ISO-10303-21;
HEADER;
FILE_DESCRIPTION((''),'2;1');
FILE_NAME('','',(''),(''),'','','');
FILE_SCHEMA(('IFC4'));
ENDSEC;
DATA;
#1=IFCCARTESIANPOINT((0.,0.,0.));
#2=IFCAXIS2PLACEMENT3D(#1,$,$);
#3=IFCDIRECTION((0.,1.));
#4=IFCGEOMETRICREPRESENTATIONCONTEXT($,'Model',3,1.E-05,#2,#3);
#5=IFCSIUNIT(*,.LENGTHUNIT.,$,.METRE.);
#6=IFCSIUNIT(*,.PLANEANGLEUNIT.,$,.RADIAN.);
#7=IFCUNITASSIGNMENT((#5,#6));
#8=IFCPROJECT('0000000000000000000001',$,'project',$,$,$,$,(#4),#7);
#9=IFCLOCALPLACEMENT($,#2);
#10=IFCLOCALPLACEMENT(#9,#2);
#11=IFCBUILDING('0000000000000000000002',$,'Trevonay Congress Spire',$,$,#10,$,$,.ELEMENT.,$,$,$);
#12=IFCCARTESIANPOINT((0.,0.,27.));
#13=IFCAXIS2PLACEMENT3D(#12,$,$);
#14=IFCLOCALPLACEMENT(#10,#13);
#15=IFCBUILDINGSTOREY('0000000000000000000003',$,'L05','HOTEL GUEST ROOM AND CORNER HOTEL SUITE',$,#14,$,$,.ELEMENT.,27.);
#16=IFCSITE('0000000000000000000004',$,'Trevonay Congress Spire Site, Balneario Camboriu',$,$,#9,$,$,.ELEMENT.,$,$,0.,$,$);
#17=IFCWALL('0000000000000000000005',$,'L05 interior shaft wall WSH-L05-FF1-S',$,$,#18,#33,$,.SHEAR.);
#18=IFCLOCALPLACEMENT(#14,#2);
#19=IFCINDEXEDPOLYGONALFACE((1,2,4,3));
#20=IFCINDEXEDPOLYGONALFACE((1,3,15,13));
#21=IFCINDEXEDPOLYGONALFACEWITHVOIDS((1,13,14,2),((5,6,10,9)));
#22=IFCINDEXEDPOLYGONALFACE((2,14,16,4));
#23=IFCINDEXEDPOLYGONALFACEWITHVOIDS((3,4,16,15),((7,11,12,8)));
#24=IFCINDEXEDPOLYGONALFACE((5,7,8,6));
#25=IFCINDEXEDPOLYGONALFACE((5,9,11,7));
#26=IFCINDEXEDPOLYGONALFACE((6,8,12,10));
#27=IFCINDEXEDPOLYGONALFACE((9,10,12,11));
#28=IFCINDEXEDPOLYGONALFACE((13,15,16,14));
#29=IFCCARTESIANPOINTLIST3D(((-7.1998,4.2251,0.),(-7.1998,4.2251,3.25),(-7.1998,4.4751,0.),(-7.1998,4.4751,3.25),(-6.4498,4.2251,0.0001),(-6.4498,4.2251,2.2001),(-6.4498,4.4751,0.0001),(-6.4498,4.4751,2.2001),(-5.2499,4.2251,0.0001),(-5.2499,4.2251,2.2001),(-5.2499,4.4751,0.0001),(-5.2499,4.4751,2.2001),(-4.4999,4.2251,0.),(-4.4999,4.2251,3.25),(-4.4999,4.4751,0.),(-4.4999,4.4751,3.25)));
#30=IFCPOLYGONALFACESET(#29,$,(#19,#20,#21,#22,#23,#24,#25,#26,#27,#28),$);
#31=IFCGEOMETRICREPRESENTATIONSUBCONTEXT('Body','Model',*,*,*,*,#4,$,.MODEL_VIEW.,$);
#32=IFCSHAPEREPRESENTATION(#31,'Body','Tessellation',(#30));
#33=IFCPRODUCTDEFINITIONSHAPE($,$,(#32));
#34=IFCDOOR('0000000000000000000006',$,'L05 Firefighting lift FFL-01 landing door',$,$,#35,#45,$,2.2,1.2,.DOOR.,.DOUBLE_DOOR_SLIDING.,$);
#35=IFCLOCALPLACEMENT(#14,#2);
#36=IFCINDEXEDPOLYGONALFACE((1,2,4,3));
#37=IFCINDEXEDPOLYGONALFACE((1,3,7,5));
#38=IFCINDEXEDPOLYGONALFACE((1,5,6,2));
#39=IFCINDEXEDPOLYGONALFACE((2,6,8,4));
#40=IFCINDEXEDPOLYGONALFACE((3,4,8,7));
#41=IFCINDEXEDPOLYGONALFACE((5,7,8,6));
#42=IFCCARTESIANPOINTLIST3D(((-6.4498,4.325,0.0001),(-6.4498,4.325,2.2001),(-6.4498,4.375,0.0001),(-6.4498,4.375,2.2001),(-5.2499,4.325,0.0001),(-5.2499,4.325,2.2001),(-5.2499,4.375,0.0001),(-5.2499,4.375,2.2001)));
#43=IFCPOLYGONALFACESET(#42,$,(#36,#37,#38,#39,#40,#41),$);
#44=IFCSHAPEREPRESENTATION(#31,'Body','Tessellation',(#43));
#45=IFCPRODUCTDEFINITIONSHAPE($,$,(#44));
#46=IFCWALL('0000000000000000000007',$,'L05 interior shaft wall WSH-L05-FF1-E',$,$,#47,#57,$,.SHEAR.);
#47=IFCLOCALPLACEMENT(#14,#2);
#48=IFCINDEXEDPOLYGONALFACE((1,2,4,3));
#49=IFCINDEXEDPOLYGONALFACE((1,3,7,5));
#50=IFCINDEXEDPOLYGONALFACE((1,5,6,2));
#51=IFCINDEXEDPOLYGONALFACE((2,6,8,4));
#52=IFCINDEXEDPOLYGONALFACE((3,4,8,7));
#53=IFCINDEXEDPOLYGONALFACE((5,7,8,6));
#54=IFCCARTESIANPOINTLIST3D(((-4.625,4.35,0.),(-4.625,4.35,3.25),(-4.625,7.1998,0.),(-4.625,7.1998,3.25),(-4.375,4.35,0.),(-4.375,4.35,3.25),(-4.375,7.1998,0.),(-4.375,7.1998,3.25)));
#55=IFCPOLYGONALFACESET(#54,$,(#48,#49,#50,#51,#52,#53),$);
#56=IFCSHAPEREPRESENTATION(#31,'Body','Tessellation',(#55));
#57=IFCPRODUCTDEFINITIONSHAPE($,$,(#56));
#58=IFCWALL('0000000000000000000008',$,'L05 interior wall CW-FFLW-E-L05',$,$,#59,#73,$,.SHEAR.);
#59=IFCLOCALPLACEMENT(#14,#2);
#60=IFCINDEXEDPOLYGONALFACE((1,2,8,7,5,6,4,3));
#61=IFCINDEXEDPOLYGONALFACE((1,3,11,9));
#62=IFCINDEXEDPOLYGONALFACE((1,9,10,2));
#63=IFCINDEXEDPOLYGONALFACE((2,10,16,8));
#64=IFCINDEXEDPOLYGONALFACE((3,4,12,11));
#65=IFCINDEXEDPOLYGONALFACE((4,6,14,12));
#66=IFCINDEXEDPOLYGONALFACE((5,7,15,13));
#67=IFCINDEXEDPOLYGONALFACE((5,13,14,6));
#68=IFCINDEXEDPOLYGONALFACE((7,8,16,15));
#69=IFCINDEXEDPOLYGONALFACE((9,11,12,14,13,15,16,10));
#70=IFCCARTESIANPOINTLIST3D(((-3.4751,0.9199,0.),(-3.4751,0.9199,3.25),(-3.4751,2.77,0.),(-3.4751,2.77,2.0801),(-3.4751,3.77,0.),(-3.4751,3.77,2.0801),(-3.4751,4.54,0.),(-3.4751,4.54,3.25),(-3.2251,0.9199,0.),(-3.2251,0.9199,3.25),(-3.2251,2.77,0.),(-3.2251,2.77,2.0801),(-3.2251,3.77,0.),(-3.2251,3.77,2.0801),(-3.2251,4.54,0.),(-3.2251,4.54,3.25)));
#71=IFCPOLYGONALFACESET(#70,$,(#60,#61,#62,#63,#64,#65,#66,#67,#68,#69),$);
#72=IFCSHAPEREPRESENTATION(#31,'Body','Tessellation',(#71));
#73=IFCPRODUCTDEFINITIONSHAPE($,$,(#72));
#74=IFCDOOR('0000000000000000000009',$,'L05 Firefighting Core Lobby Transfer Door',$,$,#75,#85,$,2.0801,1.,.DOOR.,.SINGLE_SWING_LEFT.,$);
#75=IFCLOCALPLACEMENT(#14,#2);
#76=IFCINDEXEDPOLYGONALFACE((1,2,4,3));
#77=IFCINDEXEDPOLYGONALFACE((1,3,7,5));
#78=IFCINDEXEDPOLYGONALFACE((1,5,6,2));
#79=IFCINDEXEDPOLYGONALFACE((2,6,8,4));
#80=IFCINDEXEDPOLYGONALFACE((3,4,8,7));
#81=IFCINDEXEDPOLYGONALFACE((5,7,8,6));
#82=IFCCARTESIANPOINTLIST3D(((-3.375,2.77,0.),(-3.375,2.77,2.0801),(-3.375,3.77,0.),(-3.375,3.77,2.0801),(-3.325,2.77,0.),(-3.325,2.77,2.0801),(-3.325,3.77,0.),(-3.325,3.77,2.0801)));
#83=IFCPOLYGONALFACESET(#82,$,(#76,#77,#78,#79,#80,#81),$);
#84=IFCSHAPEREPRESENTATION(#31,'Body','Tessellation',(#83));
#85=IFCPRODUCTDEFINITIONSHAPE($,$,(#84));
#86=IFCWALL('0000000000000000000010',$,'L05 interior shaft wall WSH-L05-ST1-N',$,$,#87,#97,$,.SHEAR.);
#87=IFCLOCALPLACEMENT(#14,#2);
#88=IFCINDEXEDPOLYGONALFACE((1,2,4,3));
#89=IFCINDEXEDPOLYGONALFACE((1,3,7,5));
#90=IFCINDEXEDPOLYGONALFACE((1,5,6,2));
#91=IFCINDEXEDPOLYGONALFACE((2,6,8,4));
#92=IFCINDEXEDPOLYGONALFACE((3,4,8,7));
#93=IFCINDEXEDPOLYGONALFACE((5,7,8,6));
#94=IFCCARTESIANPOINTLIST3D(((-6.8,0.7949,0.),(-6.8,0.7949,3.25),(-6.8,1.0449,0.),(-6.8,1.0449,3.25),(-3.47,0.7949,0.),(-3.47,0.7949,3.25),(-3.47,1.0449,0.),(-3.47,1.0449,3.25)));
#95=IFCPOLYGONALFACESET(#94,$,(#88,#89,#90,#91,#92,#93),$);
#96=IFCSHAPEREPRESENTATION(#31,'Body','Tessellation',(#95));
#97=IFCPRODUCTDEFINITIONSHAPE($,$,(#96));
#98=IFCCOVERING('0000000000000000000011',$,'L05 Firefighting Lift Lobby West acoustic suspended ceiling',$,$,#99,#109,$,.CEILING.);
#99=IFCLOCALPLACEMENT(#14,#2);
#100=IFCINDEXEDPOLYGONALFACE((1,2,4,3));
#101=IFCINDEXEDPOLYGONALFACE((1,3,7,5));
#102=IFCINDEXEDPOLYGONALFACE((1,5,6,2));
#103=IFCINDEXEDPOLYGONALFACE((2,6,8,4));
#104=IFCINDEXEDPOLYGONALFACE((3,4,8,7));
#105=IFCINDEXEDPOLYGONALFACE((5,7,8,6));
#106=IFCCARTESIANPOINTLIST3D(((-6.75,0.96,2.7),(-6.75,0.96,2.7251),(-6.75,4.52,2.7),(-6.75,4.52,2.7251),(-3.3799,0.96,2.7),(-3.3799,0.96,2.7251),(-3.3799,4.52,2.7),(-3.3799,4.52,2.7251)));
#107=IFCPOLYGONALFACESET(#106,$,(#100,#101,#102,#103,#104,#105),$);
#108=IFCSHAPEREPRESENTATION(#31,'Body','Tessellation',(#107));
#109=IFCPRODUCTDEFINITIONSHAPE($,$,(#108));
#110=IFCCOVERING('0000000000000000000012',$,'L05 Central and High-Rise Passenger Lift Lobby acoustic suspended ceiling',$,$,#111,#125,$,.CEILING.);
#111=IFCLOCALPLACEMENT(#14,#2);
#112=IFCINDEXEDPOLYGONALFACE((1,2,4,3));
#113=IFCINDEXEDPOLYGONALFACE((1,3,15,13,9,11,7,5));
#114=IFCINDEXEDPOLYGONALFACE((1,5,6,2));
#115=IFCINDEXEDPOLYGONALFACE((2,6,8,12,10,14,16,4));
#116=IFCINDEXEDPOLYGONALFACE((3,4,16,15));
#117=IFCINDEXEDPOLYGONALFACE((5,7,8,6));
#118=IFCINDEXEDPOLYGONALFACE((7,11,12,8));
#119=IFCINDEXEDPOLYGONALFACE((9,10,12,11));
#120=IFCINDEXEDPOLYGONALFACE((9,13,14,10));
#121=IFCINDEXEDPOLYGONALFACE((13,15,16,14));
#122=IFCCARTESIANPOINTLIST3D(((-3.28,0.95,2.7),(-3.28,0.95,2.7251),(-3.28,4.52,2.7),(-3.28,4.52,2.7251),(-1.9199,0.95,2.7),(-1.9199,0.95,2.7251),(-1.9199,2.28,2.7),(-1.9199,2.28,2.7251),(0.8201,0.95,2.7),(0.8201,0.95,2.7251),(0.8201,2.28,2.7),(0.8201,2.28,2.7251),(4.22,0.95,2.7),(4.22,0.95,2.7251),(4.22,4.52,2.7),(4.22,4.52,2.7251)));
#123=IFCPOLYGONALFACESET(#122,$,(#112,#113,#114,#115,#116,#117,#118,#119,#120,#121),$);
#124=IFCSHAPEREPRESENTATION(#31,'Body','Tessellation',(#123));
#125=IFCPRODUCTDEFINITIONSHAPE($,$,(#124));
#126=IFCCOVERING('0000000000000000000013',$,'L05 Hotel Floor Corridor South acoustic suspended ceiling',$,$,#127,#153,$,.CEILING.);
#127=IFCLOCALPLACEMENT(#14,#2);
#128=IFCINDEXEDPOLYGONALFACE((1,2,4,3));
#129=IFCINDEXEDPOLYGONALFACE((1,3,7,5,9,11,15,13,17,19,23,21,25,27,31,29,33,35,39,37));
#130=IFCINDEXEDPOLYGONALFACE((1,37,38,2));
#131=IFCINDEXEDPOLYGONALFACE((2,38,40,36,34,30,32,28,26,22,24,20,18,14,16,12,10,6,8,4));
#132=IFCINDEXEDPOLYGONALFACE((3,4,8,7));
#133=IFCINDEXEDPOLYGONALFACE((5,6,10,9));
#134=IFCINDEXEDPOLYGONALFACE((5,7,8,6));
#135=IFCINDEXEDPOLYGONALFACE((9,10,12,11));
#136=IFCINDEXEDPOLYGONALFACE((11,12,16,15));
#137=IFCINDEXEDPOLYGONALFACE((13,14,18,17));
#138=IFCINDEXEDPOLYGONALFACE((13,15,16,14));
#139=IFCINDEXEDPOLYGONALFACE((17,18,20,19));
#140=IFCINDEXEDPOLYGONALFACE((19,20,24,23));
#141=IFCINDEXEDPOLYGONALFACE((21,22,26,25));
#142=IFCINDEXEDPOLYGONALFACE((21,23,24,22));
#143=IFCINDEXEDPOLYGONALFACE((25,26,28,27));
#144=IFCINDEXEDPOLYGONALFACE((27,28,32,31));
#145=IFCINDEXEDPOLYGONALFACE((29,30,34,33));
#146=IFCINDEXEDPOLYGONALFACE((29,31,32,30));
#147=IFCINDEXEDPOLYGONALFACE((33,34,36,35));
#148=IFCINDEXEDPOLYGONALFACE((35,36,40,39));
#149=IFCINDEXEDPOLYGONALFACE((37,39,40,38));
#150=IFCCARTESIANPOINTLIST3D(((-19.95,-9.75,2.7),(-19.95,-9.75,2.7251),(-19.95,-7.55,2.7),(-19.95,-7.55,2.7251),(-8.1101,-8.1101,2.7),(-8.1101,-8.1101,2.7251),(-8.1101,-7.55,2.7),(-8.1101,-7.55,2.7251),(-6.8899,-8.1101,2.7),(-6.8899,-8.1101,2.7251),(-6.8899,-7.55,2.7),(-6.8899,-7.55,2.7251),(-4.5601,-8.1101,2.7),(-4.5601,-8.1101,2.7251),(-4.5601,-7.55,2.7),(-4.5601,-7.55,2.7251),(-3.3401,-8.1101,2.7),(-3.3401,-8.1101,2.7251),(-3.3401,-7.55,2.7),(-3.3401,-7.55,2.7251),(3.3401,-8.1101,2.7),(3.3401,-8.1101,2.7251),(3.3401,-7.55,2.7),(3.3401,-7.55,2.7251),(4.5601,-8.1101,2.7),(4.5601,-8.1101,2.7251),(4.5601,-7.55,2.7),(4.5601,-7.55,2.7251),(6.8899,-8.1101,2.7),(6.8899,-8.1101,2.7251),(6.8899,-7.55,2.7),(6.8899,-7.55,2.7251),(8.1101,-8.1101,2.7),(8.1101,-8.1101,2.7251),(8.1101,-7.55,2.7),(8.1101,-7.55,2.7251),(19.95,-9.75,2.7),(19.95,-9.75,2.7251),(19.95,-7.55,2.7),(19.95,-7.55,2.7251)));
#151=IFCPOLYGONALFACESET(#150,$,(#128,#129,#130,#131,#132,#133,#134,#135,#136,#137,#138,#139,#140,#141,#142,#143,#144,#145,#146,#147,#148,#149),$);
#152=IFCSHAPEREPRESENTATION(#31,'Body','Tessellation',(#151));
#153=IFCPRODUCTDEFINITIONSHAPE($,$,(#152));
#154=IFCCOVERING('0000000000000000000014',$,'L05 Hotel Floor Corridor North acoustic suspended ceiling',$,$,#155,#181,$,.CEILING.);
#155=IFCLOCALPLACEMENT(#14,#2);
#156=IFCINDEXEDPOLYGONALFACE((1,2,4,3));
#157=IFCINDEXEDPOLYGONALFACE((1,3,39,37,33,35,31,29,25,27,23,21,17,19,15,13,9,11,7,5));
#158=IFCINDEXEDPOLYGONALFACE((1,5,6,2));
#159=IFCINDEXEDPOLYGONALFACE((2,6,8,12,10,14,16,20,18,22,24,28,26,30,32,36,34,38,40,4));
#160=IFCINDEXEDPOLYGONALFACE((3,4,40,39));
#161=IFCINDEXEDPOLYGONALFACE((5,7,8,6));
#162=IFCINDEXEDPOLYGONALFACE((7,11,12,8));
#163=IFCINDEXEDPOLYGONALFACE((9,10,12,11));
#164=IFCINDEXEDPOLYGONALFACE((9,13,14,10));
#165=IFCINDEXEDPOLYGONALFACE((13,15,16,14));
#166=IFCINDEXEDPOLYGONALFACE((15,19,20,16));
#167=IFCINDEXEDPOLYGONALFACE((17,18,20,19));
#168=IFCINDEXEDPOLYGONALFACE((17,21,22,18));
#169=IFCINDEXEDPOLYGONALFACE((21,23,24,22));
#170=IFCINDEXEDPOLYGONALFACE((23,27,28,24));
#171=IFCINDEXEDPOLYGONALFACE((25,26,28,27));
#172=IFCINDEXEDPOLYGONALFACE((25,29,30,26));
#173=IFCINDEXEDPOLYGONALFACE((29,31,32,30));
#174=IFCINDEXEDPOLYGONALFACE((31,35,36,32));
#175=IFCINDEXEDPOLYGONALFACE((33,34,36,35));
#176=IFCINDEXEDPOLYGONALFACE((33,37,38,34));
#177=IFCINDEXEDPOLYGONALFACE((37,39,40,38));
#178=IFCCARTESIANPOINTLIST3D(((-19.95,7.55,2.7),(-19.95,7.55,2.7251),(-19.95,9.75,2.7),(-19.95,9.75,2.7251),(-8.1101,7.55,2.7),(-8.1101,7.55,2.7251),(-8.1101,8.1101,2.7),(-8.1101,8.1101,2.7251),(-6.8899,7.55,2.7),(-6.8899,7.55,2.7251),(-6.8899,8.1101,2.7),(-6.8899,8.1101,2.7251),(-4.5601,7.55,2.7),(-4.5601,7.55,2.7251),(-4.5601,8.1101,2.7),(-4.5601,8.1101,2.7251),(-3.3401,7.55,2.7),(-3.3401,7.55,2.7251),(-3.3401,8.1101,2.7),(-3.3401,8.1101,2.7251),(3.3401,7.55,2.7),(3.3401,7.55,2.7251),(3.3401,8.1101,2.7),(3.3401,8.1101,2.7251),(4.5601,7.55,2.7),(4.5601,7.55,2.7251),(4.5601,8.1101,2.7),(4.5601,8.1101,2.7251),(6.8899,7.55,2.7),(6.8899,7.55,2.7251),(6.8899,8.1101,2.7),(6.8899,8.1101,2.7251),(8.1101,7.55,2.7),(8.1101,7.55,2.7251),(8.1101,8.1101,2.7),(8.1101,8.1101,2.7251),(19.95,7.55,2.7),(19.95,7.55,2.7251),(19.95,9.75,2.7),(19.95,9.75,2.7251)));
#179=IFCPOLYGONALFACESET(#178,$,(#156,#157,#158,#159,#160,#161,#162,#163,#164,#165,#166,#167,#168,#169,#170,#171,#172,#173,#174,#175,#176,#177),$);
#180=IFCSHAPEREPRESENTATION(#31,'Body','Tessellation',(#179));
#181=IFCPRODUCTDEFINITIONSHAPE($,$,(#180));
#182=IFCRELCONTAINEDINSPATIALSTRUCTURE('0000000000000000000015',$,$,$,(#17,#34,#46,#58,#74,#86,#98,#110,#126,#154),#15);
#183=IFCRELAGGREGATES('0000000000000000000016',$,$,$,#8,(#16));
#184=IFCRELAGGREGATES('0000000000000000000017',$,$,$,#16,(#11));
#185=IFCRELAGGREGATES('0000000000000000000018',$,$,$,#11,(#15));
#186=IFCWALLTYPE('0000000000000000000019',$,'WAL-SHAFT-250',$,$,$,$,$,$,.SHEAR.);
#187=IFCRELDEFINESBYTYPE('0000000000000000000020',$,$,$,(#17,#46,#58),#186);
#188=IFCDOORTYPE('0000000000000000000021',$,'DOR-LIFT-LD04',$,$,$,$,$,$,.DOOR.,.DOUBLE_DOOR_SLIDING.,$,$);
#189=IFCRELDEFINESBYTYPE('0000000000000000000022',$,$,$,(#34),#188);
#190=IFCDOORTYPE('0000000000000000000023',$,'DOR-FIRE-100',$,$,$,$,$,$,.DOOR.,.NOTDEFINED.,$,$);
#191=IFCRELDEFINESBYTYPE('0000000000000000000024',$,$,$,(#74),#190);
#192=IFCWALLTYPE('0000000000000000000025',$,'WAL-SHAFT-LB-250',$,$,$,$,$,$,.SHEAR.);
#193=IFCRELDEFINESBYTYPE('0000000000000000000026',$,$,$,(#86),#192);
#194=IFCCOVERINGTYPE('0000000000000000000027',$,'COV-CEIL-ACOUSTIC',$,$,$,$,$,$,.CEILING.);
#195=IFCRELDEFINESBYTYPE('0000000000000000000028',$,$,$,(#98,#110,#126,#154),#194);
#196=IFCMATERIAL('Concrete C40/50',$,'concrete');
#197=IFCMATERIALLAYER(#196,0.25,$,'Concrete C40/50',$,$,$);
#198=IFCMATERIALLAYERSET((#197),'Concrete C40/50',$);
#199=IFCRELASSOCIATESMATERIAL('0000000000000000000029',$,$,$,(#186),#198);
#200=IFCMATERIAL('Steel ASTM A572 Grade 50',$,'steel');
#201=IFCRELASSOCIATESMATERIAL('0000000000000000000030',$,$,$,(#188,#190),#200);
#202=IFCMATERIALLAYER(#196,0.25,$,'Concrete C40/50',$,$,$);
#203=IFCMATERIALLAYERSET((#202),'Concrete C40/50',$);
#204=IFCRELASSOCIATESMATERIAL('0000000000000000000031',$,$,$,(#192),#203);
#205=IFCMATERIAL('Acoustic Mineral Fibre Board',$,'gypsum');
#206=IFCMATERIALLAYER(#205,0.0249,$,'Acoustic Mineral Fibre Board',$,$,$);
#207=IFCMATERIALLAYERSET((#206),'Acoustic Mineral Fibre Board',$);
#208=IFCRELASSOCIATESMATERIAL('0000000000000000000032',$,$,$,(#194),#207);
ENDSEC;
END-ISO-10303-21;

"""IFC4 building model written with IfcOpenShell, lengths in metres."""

from ifc_helpers import new_model, si_unit, direction, frame, frame_2d, origin, place, context, subcontext, project, spatial, polyline, rectangle, outline, extrude, material, layer, layer_set, type_object, element, fill, save


model = new_model("IFC4")

# Units and contexts
model_context = context("Model", 3, precision=1e-05, world=origin(), true_north=direction((0.0, 1.0)))
body_context = subcontext(model_context, "Body", "Model", "MODEL_VIEW")
ifc_project = project(units=[si_unit("LENGTHUNIT", "METRE"), si_unit("PLANEANGLEUNIT", "RADIAN")], contexts=[model_context])

# Site, building, storey
site_placement = place(None, origin())
site = spatial("IfcSite", under=ifc_project, at=site_placement, Name="Trevonay Congress Spire Site, Balneario Camboriu", CompositionType="ELEMENT", RefElevation=0.0)
building_placement = place(site_placement, origin())
building = spatial("IfcBuilding", under=site, at=building_placement, Name="Trevonay Congress Spire", CompositionType="ELEMENT")
storey_placement = place(building_placement, frame((0.0, 0.0, 27.0)))
storey = spatial("IfcBuildingStorey", under=building, at=storey_placement, Name="L05", Description="HOTEL GUEST ROOM AND CORNER HOTEL SUITE", CompositionType="ELEMENT", Elevation=27.0)

# Shared definitions
ifc_material_1 = material(Name="Steel ASTM A572 Grade 50", Category="steel")

# Shared definitions
ifc_material_2 = material(Name="Concrete C40/50", Category="concrete")

# Shared definitions
ifc_layer_1 = layer(ifc_material_2, 0.25, Name="Concrete C40/50")
ifc_layer_set_1 = layer_set([ifc_layer_1], Name="Concrete C40/50")
wall_type_1 = type_object("IfcWallType", Name="WAL-SHAFT-250", PredefinedType="SHEAR", material=ifc_layer_set_1)

# Wall, opening, door
wall_1_placement = place(storey_placement, frame((-7.2, 4.3501, 0.0), z_axis=(0.0, 0.0, 1.0), x_axis=(1.0, 0.0, 0.0)))
wall_1 = element("IfcWall", 1, at=wall_1_placement, inside=storey, type_object=wall_type_1, Name="L05 interior shaft wall WSH-L05-FF1-S", PredefinedType="SHEAR", context=body_context, shape_type="SweptSolid", body=[
    extrude(rectangle(XDim=2.7, YDim=0.25, at=frame_2d((1.3501, 0.0))), origin(), (0.0, 0.0, 1.0), 3.25),
])
opening_1_placement = place(wall_1_placement, frame((0.75, 0.0, 0.0)))
opening_1 = element("IfcOpeningElement", 2, at=opening_1_placement, cuts=wall_1, PredefinedType="OPENING", context=body_context, shape_type="SweptSolid", body=[
    extrude(rectangle(XDim=1.2, YDim=2.2, at=frame_2d((0.6001, 1.1001))), frame((0.0, 0.135, 0.0), z_axis=(0.0, -1.0, 0.0), x_axis=(1.0, 0.0, 0.0)), (0.0, 0.0, 1.0), 0.27),
])
door_type_1 = type_object("IfcDoorType", Name="DOR-LIFT-LD04", OperationType="DOUBLE_DOOR_SLIDING", PredefinedType="DOOR", material=ifc_material_1)
door_1_placement = place(opening_1_placement, origin())
door_1 = element("IfcDoor", 3, at=door_1_placement, inside=storey, type_object=door_type_1, Name="L05 Firefighting lift FFL-01 landing door", OperationType="DOUBLE_DOOR_SLIDING", OverallHeight=2.2, OverallWidth=1.2, PredefinedType="DOOR", context=body_context, shape_type="SweptSolid", body=[
    extrude(rectangle(XDim=1.2, YDim=2.2, at=frame_2d((0.6001, 1.1001))), frame((0.0, 0.0249, 0.0), z_axis=(0.0, -1.0, 0.0), x_axis=(1.0, 0.0, 0.0)), (0.0, 0.0, 1.0), 0.05),
])
fill(opening_1, door_1)

# Wall
wall_2_placement = place(storey_placement, frame((-4.5, 4.3501, 0.0), z_axis=(0.0, 0.0, 1.0), x_axis=(0.0, 1.0, 0.0)))
element("IfcWall", 4, at=wall_2_placement, inside=storey, type_object=wall_type_1, Name="L05 interior shaft wall WSH-L05-FF1-E", PredefinedType="SHEAR", context=body_context, shape_type="SweptSolid", body=[
    extrude(rectangle(XDim=2.8499, YDim=0.25, at=frame_2d((1.4248, 0.0))), origin(), (0.0, 0.0, 1.0), 3.25),
])

# Wall, opening, door
wall_3_placement = place(storey_placement, frame((-3.3501, 0.9199, 0.0), z_axis=(0.0, 0.0, 1.0), x_axis=(0.0, 1.0, 0.0)))
wall_3 = element("IfcWall", 5, at=wall_3_placement, inside=storey, type_object=wall_type_1, Name="L05 interior wall CW-FFLW-E-L05", PredefinedType="SHEAR", context=body_context, shape_type="SweptSolid", body=[
    extrude(rectangle(XDim=3.6201, YDim=0.25, at=frame_2d((1.8101, 0.0))), origin(), (0.0, 0.0, 1.0), 3.25),
])
opening_2_placement = place(wall_3_placement, frame((1.8501, 0.0, 0.0)))
opening_2 = element("IfcOpeningElement", 6, at=opening_2_placement, cuts=wall_3, PredefinedType="OPENING", context=body_context, shape_type="SweptSolid", body=[
    extrude(rectangle(XDim=1.0, YDim=2.0801, at=frame_2d((0.5, 1.04))), frame((0.0, 0.135, 0.0), z_axis=(0.0, -1.0, 0.0), x_axis=(1.0, 0.0, 0.0)), (0.0, 0.0, 1.0), 0.27),
])
door_type_2 = type_object("IfcDoorType", Name="DOR-FIRE-100", OperationType="NOTDEFINED", PredefinedType="DOOR", material=ifc_material_1)
door_2_placement = place(opening_2_placement, origin())
door_2 = element("IfcDoor", 7, at=door_2_placement, inside=storey, type_object=door_type_2, Name="L05 Firefighting Core Lobby Transfer Door", OperationType="SINGLE_SWING_LEFT", OverallHeight=2.0801, OverallWidth=1.0, PredefinedType="DOOR", context=body_context, shape_type="SweptSolid", body=[
    extrude(rectangle(XDim=1.0, YDim=2.0801, at=frame_2d((0.5, 1.04))), frame((0.0, 0.0249, 0.0), z_axis=(0.0, -1.0, 0.0), x_axis=(1.0, 0.0, 0.0)), (0.0, 0.0, 1.0), 0.05),
])
fill(opening_2, door_2)

# Wall
ifc_layer_2 = layer(ifc_material_2, 0.25, Name="Concrete C40/50")
ifc_layer_set_2 = layer_set([ifc_layer_2], Name="Concrete C40/50")
wall_type_2 = type_object("IfcWallType", Name="WAL-SHAFT-LB-250", PredefinedType="SHEAR", material=ifc_layer_set_2)
wall_4_placement = place(storey_placement, frame((-6.8, 0.9199, 0.0), z_axis=(0.0, 0.0, 1.0), x_axis=(1.0, 0.0, 0.0)))
element("IfcWall", 8, at=wall_4_placement, inside=storey, type_object=wall_type_2, Name="L05 interior shaft wall WSH-L05-ST1-N", PredefinedType="SHEAR", context=body_context, shape_type="SweptSolid", body=[
    extrude(rectangle(XDim=3.3301, YDim=0.25, at=frame_2d((1.665, 0.0))), origin(), (0.0, 0.0, 1.0), 3.25),
])

# Coverings
ifc_material_3 = material(Name="Acoustic Mineral Fibre Board", Category="gypsum")
ifc_layer_3 = layer(ifc_material_3, 0.0249, Name="Acoustic Mineral Fibre Board")
ifc_layer_set_3 = layer_set([ifc_layer_3], Name="Acoustic Mineral Fibre Board")
covering_type_1 = type_object("IfcCoveringType", Name="COV-CEIL-ACOUSTIC", PredefinedType="CEILING", material=ifc_layer_set_3)
covering_1_placement = place(storey_placement, frame((0.0, 0.0, 2.7)))
element("IfcCovering", 9, at=covering_1_placement, inside=storey, type_object=covering_type_1, Name="L05 Firefighting Lift Lobby West acoustic suspended ceiling", PredefinedType="CEILING", context=body_context, shape_type="SweptSolid", body=[
    extrude(outline(polyline([(-6.75, 0.96), (-3.3799, 0.96), (-3.3799, 4.52), (-6.75, 4.52), (-6.75, 0.96)])), origin(), (0.0, 0.0, 1.0), 0.0251),
])
covering_2_placement = place(storey_placement, frame((0.0, 0.0, 2.7)))
element("IfcCovering", 10, at=covering_2_placement, inside=storey, type_object=covering_type_1, Name="L05 Central and High-Rise Passenger Lift Lobby acoustic suspended ceiling", PredefinedType="CEILING", context=body_context, shape_type="SweptSolid", body=[
    extrude(outline(polyline([(-3.28, 0.95), (-1.9199, 0.95), (-1.9199, 2.28), (0.8201, 2.28), (0.8201, 0.95), (4.22, 0.95), (4.22, 4.52), (-3.28, 4.52), (-3.28, 0.95)])), origin(), (0.0, 0.0, 1.0), 0.0251),
])
covering_3_placement = place(storey_placement, frame((0.0, 0.0, 2.7)))
element("IfcCovering", 11, at=covering_3_placement, inside=storey, type_object=covering_type_1, Name="L05 Hotel Floor Corridor South acoustic suspended ceiling", PredefinedType="CEILING", context=body_context, shape_type="SweptSolid", body=[
    extrude(outline(polyline([(19.95, -7.55), (19.95, -9.75), (-19.95, -9.75), (-19.95, -7.55), (-8.1101, -7.55), (-8.1101, -8.1101), (-6.8899, -8.1101), (-6.8899, -7.55), (-4.5601, -7.55), (-4.5601, -8.1101), (-3.3401, -8.1101), (-3.3401, -7.55), (3.3401, -7.55), (3.3401, -8.1101), (4.5601, -8.1101), (4.5601, -7.55), (6.8899, -7.55), (6.8899, -8.1101), (8.1101, -8.1101), (8.1101, -7.55), (19.95, -7.55)])), origin(), (0.0, 0.0, 1.0), 0.0251),
])
covering_4_placement = place(storey_placement, frame((0.0, 0.0, 2.7)))
element("IfcCovering", 12, at=covering_4_placement, inside=storey, type_object=covering_type_1, Name="L05 Hotel Floor Corridor North acoustic suspended ceiling", PredefinedType="CEILING", context=body_context, shape_type="SweptSolid", body=[
    extrude(outline(polyline([(-19.95, 7.55), (-19.95, 9.75), (19.95, 9.75), (19.95, 7.55), (8.1101, 7.55), (8.1101, 8.1101), (6.8899, 8.1101), (6.8899, 7.55), (4.5601, 7.55), (4.5601, 8.1101), (3.3401, 8.1101), (3.3401, 7.55), (-3.3401, 7.55), (-3.3401, 8.1101), (-4.5601, 8.1101), (-4.5601, 7.55), (-6.8899, 7.55), (-6.8899, 8.1101), (-8.1101, 8.1101), (-8.1101, 7.55), (-19.95, 7.55)])), origin(), (0.0, 0.0, 1.0), 0.0251),
])

save(model, "model.ifc")
